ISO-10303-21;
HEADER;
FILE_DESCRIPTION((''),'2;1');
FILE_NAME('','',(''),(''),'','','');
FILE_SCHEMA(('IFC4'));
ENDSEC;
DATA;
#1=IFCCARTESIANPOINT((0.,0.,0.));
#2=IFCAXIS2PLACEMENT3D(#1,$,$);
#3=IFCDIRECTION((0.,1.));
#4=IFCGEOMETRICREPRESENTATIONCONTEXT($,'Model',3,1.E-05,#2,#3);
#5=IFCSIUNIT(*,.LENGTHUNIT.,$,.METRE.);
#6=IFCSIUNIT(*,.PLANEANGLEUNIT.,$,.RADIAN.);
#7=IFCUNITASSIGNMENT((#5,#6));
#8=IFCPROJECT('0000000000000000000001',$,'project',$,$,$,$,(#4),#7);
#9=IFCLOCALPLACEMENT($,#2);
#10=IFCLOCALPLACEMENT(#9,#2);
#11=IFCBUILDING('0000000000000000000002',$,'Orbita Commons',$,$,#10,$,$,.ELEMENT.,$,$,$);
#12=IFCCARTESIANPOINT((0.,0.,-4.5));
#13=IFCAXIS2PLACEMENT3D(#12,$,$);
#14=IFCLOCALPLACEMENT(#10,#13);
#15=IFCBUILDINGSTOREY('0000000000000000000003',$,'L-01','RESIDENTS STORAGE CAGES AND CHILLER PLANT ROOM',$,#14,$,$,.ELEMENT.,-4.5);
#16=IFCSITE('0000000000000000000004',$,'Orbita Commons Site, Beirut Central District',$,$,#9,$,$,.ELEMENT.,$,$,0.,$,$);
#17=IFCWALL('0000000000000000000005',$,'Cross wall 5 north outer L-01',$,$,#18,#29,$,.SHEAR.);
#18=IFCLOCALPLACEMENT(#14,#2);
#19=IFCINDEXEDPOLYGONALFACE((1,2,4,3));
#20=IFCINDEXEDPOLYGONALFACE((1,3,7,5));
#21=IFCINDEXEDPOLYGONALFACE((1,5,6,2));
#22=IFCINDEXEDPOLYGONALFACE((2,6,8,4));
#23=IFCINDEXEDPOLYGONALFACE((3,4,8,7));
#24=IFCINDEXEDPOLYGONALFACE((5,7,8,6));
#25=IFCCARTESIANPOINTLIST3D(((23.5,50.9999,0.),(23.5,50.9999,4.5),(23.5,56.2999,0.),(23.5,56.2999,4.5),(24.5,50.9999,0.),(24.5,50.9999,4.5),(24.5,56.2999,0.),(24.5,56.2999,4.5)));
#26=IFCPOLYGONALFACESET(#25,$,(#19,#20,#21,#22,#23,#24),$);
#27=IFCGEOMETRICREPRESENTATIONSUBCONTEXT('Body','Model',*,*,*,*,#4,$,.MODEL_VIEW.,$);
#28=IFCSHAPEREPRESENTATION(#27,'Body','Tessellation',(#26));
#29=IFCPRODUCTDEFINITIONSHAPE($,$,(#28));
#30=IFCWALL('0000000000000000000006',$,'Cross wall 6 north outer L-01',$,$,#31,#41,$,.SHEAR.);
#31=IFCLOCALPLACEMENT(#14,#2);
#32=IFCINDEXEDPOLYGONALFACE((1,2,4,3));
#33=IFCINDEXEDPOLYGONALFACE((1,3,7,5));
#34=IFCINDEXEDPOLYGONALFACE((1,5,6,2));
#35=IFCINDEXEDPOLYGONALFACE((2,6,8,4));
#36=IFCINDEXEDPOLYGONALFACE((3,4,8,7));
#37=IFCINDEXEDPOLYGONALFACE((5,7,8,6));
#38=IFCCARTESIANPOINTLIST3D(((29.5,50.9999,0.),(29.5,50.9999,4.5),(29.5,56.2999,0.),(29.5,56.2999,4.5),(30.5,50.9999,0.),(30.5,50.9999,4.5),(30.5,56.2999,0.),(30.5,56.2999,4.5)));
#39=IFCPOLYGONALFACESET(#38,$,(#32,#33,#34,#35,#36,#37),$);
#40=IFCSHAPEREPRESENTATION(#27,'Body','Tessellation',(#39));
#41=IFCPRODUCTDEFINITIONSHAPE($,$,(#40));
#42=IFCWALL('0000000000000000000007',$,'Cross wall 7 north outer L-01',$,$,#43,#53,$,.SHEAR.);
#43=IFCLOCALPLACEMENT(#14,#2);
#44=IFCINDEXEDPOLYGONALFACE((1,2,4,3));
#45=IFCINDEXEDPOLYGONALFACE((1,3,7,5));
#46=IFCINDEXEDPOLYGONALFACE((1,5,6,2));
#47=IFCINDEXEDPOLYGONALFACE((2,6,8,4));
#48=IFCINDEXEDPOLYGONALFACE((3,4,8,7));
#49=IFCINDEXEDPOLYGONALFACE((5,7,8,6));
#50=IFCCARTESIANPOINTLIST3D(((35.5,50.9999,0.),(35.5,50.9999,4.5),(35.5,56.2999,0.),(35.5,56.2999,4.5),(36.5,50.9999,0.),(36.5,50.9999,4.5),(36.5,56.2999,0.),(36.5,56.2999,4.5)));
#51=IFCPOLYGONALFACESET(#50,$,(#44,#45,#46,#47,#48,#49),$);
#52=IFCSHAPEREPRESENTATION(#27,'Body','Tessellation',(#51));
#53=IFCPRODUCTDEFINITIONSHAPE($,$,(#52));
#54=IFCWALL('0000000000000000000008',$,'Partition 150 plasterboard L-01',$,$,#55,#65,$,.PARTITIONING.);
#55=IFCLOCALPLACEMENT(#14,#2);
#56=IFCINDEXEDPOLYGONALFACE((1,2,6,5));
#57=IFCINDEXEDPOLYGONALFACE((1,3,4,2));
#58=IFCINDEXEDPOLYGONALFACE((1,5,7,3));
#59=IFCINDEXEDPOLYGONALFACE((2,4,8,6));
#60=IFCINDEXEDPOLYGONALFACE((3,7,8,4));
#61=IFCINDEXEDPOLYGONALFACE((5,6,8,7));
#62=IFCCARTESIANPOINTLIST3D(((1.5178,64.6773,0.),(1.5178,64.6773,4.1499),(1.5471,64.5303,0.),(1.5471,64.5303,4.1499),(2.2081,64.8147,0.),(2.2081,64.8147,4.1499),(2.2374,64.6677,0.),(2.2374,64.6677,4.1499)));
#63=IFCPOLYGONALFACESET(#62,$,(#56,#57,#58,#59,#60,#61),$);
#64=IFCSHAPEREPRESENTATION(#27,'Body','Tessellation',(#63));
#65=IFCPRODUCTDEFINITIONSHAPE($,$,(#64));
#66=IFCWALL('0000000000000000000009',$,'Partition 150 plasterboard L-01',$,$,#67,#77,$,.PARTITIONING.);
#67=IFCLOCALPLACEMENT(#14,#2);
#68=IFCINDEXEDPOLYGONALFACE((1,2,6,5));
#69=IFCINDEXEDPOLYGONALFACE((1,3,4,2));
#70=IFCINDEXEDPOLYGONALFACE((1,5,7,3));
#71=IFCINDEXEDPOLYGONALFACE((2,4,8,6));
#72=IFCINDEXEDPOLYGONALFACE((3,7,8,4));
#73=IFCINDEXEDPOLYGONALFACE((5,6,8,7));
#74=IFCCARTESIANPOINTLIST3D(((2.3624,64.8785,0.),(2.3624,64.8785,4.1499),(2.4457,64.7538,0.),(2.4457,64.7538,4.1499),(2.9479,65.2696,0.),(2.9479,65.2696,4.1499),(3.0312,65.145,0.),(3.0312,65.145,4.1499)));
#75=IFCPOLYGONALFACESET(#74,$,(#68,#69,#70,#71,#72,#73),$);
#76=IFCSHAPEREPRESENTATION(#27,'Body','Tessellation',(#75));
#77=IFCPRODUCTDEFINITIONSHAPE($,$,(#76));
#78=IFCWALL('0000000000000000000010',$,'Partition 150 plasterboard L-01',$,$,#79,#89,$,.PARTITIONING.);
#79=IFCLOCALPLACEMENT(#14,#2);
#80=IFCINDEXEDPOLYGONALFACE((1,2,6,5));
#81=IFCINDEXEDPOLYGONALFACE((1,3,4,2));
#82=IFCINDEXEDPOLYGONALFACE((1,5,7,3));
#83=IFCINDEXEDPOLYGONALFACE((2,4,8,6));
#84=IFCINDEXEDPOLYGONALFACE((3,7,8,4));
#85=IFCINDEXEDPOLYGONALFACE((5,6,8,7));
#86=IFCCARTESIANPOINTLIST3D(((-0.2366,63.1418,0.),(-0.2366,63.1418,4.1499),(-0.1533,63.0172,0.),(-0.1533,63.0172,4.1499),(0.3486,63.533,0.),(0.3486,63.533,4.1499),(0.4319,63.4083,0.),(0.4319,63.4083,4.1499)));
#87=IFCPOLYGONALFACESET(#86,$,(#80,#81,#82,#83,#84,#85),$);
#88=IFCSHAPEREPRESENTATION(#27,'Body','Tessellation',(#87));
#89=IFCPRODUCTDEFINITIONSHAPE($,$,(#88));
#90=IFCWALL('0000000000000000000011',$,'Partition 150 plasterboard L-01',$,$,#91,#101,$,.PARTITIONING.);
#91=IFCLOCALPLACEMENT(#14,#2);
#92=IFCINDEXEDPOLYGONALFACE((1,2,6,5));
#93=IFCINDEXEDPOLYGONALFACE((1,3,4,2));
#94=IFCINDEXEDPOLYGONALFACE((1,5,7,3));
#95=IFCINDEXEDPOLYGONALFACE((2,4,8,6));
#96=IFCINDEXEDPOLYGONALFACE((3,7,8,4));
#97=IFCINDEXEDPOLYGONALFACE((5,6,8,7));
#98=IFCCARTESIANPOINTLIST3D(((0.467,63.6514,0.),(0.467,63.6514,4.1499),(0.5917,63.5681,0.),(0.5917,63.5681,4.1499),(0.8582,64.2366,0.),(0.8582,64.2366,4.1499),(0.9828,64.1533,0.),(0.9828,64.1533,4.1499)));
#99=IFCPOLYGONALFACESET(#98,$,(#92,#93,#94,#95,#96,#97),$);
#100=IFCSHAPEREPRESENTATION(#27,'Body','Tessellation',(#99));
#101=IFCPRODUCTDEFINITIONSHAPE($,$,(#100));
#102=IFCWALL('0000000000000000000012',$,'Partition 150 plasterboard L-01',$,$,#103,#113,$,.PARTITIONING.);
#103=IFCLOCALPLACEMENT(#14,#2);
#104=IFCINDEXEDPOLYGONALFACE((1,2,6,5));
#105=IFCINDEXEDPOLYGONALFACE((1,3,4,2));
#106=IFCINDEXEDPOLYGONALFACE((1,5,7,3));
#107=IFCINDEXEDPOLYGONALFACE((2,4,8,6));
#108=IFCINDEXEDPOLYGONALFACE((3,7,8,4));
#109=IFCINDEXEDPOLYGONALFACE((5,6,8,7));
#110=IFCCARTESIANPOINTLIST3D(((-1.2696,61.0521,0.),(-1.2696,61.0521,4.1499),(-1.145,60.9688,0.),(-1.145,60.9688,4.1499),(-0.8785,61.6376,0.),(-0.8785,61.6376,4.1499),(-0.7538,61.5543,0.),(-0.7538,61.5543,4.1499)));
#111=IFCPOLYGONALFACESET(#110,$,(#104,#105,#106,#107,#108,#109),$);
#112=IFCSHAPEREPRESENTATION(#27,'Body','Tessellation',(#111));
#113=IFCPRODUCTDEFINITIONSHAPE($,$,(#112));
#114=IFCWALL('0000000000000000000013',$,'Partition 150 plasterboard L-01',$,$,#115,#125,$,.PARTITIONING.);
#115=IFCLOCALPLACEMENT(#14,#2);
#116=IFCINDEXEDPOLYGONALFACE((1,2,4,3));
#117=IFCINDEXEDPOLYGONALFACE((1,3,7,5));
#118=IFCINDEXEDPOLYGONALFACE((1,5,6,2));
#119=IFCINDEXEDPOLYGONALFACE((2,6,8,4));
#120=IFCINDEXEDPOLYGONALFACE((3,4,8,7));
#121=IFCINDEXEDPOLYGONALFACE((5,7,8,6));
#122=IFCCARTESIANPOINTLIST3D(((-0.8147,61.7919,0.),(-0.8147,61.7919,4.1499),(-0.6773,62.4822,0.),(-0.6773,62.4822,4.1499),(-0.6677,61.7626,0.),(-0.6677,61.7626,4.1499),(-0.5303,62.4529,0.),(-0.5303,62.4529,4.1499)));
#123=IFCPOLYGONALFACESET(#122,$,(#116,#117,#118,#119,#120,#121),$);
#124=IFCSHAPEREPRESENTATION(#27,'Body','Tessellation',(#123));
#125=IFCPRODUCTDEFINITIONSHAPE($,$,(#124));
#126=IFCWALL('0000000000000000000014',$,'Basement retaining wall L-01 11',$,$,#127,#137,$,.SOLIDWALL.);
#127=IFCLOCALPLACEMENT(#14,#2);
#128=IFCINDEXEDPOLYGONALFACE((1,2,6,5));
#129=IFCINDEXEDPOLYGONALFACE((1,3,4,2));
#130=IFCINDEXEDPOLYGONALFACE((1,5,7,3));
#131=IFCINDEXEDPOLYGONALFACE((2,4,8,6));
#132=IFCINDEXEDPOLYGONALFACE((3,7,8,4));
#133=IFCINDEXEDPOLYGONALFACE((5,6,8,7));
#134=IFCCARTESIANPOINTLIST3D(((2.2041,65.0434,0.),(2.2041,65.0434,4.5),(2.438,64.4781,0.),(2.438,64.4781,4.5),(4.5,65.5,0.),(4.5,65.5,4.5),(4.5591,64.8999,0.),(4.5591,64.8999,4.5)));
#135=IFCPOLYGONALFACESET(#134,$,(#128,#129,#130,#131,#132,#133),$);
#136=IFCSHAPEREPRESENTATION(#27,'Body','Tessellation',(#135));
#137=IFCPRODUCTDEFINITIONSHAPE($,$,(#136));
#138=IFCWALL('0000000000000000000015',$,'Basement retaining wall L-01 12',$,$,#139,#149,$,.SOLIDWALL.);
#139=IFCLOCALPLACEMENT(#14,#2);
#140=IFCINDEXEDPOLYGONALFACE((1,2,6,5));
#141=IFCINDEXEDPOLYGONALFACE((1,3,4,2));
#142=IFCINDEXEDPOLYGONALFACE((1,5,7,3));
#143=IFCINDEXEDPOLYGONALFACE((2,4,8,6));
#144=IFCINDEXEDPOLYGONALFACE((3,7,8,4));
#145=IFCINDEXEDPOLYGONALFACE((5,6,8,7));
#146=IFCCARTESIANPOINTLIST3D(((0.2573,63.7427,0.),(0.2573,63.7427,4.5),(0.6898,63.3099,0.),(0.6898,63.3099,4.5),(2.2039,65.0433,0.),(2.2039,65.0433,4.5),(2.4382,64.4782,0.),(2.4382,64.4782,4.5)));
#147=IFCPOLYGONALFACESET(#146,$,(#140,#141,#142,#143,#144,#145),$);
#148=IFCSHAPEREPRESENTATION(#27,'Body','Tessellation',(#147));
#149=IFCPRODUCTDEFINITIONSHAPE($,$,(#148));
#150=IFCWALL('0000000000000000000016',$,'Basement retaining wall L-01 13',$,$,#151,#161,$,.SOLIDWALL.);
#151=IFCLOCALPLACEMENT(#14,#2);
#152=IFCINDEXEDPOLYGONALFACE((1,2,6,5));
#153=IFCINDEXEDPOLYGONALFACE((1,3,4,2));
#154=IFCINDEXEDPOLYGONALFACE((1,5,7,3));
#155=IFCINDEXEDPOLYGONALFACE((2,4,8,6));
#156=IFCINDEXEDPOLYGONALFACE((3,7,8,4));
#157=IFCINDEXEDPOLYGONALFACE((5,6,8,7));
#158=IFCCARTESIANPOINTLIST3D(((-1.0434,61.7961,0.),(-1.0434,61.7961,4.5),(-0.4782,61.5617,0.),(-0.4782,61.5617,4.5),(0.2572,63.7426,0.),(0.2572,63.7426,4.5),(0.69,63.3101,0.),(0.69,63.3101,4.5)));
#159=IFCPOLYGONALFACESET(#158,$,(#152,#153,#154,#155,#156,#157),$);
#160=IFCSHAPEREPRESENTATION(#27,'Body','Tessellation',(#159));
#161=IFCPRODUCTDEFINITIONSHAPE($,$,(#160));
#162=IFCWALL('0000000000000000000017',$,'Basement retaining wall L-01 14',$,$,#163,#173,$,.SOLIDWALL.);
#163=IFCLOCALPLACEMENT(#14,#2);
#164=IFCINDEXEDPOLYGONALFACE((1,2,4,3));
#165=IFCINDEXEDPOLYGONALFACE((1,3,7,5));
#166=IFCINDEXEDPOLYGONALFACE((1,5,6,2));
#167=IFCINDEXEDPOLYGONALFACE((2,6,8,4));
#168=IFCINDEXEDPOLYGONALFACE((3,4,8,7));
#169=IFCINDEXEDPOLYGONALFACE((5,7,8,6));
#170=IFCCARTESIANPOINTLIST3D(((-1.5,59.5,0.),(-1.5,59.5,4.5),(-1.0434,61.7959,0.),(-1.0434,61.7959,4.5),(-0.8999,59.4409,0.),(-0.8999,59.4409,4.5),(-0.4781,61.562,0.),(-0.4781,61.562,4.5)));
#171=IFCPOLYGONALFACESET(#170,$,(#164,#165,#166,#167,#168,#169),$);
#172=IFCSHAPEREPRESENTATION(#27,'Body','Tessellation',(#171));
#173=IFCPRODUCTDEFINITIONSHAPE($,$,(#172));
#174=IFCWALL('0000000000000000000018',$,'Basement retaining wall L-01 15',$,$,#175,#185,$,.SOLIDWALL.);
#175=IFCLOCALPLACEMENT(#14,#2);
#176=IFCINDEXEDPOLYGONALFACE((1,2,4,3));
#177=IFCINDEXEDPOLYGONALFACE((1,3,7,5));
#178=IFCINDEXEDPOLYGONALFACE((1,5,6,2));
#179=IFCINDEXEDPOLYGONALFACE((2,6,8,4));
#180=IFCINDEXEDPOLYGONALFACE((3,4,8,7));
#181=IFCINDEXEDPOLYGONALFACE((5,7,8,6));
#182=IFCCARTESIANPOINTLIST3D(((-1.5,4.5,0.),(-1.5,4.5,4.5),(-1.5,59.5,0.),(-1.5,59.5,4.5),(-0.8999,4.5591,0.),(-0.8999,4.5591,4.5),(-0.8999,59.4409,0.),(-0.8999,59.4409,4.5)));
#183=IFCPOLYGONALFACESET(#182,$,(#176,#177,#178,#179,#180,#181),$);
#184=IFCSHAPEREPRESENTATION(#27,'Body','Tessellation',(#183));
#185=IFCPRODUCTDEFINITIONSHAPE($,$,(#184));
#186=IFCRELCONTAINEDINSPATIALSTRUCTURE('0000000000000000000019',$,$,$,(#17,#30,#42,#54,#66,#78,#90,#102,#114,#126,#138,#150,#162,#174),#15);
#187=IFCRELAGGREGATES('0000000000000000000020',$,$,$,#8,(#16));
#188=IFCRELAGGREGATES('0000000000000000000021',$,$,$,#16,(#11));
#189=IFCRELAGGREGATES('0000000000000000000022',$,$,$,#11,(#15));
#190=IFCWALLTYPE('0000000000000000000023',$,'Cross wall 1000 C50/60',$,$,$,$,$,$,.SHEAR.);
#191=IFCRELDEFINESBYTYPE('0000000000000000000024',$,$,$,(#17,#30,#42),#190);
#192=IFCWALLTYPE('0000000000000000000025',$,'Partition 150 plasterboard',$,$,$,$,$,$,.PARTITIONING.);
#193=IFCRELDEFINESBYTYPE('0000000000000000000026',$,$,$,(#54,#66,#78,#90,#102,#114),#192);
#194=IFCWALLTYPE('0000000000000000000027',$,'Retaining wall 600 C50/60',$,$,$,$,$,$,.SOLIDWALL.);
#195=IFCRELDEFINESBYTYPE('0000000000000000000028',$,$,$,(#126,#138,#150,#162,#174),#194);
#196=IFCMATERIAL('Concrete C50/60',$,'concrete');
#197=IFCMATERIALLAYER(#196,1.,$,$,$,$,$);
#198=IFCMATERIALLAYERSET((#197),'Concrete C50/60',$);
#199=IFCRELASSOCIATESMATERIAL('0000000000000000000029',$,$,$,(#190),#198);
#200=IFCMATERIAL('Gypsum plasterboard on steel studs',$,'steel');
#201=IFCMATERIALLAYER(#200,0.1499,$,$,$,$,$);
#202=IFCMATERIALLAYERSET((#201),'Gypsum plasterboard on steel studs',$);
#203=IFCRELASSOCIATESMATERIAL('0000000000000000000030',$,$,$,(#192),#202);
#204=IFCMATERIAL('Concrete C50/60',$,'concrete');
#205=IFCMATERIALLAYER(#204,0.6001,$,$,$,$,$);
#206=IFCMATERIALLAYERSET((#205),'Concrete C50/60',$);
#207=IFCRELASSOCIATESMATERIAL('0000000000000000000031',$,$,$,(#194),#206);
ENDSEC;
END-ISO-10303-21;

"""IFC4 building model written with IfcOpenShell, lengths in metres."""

from ifc_helpers import new_model, si_unit, direction, frame, frame_2d, origin, place, context, subcontext, project, spatial, polyline, rectangle, outline, extrude, material, layer, layer_set, type_object, element, save


model = new_model("IFC4")

# Units and contexts
model_context = context("Model", 3, precision=1e-05, world=origin(), true_north=direction((0.0, 1.0)))
body_context = subcontext(model_context, "Body", "Model", "MODEL_VIEW")
ifc_project = project(units=[si_unit("LENGTHUNIT", "METRE"), si_unit("PLANEANGLEUNIT", "RADIAN")], contexts=[model_context])

# Site, building, storey
site_placement = place(None, origin())
site = spatial("IfcSite", under=ifc_project, at=site_placement, Name="Orbita Commons Site, Beirut Central District", CompositionType="ELEMENT", RefElevation=0.0)
building_placement = place(site_placement, origin())
building = spatial("IfcBuilding", under=site, at=building_placement, Name="Orbita Commons", CompositionType="ELEMENT")
storey_placement = place(building_placement, frame((0.0, 0.0, -4.5)))
storey = spatial("IfcBuildingStorey", under=building, at=storey_placement, Name="L-01", Description="RESIDENTS STORAGE CAGES AND CHILLER PLANT ROOM", CompositionType="ELEMENT", Elevation=-4.5)

# Walls
ifc_material_1 = material(Name="Concrete C50/60", Category="concrete")
ifc_layer_1 = layer(ifc_material_1, 1.0)
ifc_layer_set_1 = layer_set([ifc_layer_1], Name="Concrete C50/60")
wall_type_1 = type_object("IfcWallType", Name="Cross wall 1000 C50/60", PredefinedType="SHEAR", material=ifc_layer_set_1)
for number, where, z_axis, x_axis, name in (
    (1, (24.0, 51.0, 0.0), (0.0, 0.0, 1.0), (0.0, 1.0, 0.0), "Cross wall 5 north outer L-01"),
    (2, (30.0, 51.0, 0.0), (0.0, 0.0, 1.0), (0.0, 1.0, 0.0), "Cross wall 6 north outer L-01"),
    (3, (36.0, 51.0, 0.0), (0.0, 0.0, 1.0), (0.0, 1.0, 0.0), "Cross wall 7 north outer L-01"),
):
    element("IfcWall", number, at=place(storey_placement, frame(where, z_axis=z_axis, x_axis=x_axis)), inside=storey, type_object=wall_type_1, Name=name, PredefinedType="SHEAR", context=body_context, shape_type="SweptSolid", body=[
        extrude(rectangle(XDim=5.3, YDim=1.0, at=frame_2d((2.6499, 0.0))), origin(), (0.0, 0.0, 1.0), 4.5),
    ])
ifc_material_2 = material(Name="Gypsum plasterboard on steel studs", Category="steel")
ifc_layer_2 = layer(ifc_material_2, 0.1499)
ifc_layer_set_2 = layer_set([ifc_layer_2], Name="Gypsum plasterboard on steel studs")
wall_type_2 = type_object("IfcWallType", Name="Partition 150 plasterboard", PredefinedType="PARTITIONING", material=ifc_layer_set_2)
wall_1_placement = place(storey_placement, frame((2.2229, 64.7412, 0.0), z_axis=(0.0, 0.0, 1.0), x_axis=(-0.980754, -0.195249, 0.0)))
element("IfcWall", 4, at=wall_1_placement, inside=storey, type_object=wall_type_2, Name="Partition 150 plasterboard L-01", PredefinedType="PARTITIONING", context=body_context, shape_type="SweptSolid", body=[
    extrude(rectangle(XDim=0.7039, YDim=0.1499, at=frame_2d((0.3521, 0.0))), origin(), (0.0, 0.0, 1.0), 4.1499),
])
wall_2_placement = place(storey_placement, frame((2.4041, 64.8162, 0.0), z_axis=(0.0, 0.0, 1.0), x_axis=(0.831516, 0.5555, 0.0)))
element("IfcWall", 5, at=wall_2_placement, inside=storey, type_object=wall_type_2, Name="Partition 150 plasterboard L-01", PredefinedType="PARTITIONING", context=body_context, shape_type="SweptSolid", body=[
    extrude(rectangle(XDim=0.7041, YDim=0.1499, at=frame_2d((0.3521, 0.0))), origin(), (0.0, 0.0, 1.0), 4.1499),
])
for number, where, z_axis, x_axis, name in (
    (6, (0.3904, 63.4707, 0.0), (0.0, 0.0, 1.0), (-0.831409, -0.55566, 0.0), "Partition 150 plasterboard L-01"),
    (7, (0.5293, 63.6096, 0.0), (0.0, 0.0, 1.0), (0.55566, 0.831409, 0.0), "Partition 150 plasterboard L-01"),
):
    element("IfcWall", number, at=place(storey_placement, frame(where, z_axis=z_axis, x_axis=x_axis)), inside=storey, type_object=wall_type_2, Name=name, PredefinedType="PARTITIONING", context=body_context, shape_type="SweptSolid", body=[
        extrude(rectangle(XDim=0.7039, YDim=0.1499, at=frame_2d((0.3521, 0.0))), origin(), (0.0, 0.0, 1.0), 4.1499),
    ])
wall_3_placement = place(storey_placement, frame((-0.8162, 61.5959, 0.0), z_axis=(0.0, 0.0, 1.0), x_axis=(-0.5555, -0.831516, 0.0)))
element("IfcWall", 8, at=wall_3_placement, inside=storey, type_object=wall_type_2, Name="Partition 150 plasterboard L-01", PredefinedType="PARTITIONING", context=body_context, shape_type="SweptSolid", body=[
    extrude(rectangle(XDim=0.7041, YDim=0.1499, at=frame_2d((0.3521, 0.0))), origin(), (0.0, 0.0, 1.0), 4.1499),
])
wall_4_placement = place(storey_placement, frame((-0.7412, 61.7771, 0.0), z_axis=(0.0, 0.0, 1.0), x_axis=(0.195249, 0.980754, 0.0)))
element("IfcWall", 9, at=wall_4_placement, inside=storey, type_object=wall_type_2, Name="Partition 150 plasterboard L-01", PredefinedType="PARTITIONING", context=body_context, shape_type="SweptSolid", body=[
    extrude(rectangle(XDim=0.7039, YDim=0.1499, at=frame_2d((0.3521, 0.0))), origin(), (0.0, 0.0, 1.0), 4.1499),
])
ifc_material_3 = material(Name="Concrete C50/60", Category="concrete")
ifc_layer_3 = layer(ifc_material_3, 0.6001)
ifc_layer_set_3 = layer_set([ifc_layer_3], Name="Concrete C50/60")
wall_type_3 = type_object("IfcWallType", Name="Retaining wall 600 C50/60", PredefinedType="SOLIDWALL", material=ifc_layer_set_3)
wall_5_placement = place(storey_placement, frame((4.5295, 65.2, 0.0), z_axis=(0.0, 0.0, 1.0), x_axis=(-0.980793, -0.195053, 0.0)))
element("IfcWall", 10, at=wall_5_placement, inside=storey, type_object=wall_type_3, Name="Basement retaining wall L-01 11", PredefinedType="SOLIDWALL", context=body_context, shape_type="SweptSolid", body=[
    extrude(outline(polyline([(-0.0295, -0.3), (2.3113, -0.3), (2.1921, 0.3), (0.0295, 0.3), (-0.0295, -0.3)])), origin(), (0.0, 0.0, 1.0), 4.5),
])
for number, where, z_axis, x_axis, name in (
    (11, (2.321, 64.7607, 0.0), (0.0, 0.0, 1.0), (-0.831475, -0.555562, 0.0), "Basement retaining wall L-01 12"),
    (12, (0.4736, 63.5264, 0.0), (0.0, 0.0, 1.0), (-0.555562, -0.831475, 0.0), "Basement retaining wall L-01 13"),
):
    element("IfcWall", number, at=place(storey_placement, frame(where, z_axis=z_axis, x_axis=x_axis)), inside=storey, type_object=wall_type_3, Name=name, PredefinedType="SOLIDWALL", context=body_context, shape_type="SweptSolid", body=[
        extrude(outline(polyline([(-0.0596, -0.3), (2.2815, -0.3), (2.1624, 0.3), (0.0596, 0.3), (-0.0596, -0.3)])), origin(), (0.0, 0.0, 1.0), 4.5),
    ])
wall_6_placement = place(storey_placement, frame((-0.7607, 61.679, 0.0), z_axis=(0.0, 0.0, 1.0), x_axis=(-0.195053, -0.980793, 0.0)))
element("IfcWall", 13, at=wall_6_placement, inside=storey, type_object=wall_type_3, Name="Basement retaining wall L-01 14", PredefinedType="SOLIDWALL", context=body_context, shape_type="SweptSolid", body=[
    extrude(outline(polyline([(-0.0596, -0.3), (2.2812, -0.3), (2.2222, 0.3), (0.0596, 0.3), (-0.0596, -0.3)])), origin(), (0.0, 0.0, 1.0), 4.5),
])
wall_7_placement = place(storey_placement, frame((-1.2, 59.4705, 0.0), z_axis=(0.0, 0.0, 1.0), x_axis=(0.0, -1.0, 0.0)))
element("IfcWall", 14, at=wall_7_placement, inside=storey, type_object=wall_type_3, Name="Basement retaining wall L-01 15", PredefinedType="SOLIDWALL", context=body_context, shape_type="SweptSolid", body=[
    extrude(outline(polyline([(-0.0295, -0.3), (54.9705, -0.3), (54.9114, 0.3), (0.0295, 0.3), (-0.0295, -0.3)])), origin(), (0.0, 0.0, 1.0), 4.5),
])

save(model, "model.ifc")
